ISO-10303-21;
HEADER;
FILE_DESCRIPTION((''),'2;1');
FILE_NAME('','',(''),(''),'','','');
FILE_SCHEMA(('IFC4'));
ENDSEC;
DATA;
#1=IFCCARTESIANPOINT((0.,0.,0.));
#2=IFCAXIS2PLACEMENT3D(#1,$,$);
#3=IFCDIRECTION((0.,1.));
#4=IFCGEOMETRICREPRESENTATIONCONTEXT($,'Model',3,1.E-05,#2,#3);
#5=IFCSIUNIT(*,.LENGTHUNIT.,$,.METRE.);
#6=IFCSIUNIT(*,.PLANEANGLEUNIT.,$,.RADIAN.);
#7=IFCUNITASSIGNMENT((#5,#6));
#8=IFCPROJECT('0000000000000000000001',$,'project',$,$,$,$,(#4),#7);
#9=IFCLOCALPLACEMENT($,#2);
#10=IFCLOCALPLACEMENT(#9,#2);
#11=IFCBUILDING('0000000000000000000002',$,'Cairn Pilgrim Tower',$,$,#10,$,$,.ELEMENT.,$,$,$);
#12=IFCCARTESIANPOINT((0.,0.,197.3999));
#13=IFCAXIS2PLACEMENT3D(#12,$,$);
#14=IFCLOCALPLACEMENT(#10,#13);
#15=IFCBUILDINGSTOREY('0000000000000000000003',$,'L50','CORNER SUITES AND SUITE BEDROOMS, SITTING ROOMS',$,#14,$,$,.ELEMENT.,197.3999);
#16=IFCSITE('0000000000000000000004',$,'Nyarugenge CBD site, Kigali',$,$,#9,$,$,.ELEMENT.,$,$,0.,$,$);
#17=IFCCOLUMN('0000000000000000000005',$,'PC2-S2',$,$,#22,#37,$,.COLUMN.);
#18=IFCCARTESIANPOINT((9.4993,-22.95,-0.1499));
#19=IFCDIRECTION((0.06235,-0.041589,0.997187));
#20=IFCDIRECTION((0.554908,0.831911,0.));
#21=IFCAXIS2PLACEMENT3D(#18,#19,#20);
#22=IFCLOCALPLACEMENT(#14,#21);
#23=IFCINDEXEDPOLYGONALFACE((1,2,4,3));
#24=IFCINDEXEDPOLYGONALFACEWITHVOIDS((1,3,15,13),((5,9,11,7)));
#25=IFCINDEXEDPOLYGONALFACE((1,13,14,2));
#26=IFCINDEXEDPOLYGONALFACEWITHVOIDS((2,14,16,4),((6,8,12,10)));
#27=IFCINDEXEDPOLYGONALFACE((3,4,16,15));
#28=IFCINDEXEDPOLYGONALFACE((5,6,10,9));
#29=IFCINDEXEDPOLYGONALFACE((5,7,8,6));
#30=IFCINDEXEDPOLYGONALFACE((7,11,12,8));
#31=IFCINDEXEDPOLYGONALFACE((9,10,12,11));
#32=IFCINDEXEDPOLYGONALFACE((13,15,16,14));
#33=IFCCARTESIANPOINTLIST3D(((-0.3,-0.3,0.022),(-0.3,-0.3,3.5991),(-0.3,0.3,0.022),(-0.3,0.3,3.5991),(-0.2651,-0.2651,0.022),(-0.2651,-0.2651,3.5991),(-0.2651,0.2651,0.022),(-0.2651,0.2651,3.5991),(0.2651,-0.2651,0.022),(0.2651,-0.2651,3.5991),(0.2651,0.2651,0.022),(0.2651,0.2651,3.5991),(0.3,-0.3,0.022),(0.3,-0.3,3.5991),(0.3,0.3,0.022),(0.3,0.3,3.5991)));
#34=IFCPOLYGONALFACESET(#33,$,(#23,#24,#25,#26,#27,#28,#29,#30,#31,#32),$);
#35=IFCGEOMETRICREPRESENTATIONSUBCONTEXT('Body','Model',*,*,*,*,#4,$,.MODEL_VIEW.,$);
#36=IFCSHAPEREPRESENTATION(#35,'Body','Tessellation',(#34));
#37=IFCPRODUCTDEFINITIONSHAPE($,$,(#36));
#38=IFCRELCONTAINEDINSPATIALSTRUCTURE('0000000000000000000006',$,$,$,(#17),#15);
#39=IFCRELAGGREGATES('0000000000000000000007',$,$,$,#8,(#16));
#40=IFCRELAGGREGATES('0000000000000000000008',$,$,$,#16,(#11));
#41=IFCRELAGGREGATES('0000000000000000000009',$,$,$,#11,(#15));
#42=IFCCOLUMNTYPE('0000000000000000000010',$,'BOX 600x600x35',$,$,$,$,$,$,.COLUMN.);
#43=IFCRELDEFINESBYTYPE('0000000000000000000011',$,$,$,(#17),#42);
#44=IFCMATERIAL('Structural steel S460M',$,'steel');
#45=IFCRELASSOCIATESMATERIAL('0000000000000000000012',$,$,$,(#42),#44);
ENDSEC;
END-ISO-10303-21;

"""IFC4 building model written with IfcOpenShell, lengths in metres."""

from ifc_helpers import new_model, si_unit, direction, frame, origin, origin_2d, place, context, subcontext, project, spatial, hollow_rectangle, extrude, clip, halfspace, material, material_profile, profile_set, type_object, element, save


model = new_model("IFC4")

# Units and contexts
model_context = context("Model", 3, precision=1e-05, world=origin(), true_north=direction((0.0, 1.0)))
body_context = subcontext(model_context, "Body", "Model", "MODEL_VIEW")
ifc_project = project(units=[si_unit("LENGTHUNIT", "METRE"), si_unit("PLANEANGLEUNIT", "RADIAN")], contexts=[model_context])

# Site, building, storey
site_placement = place(None, origin())
site = spatial("IfcSite", under=ifc_project, at=site_placement, Name="Nyarugenge CBD site, Kigali", CompositionType="ELEMENT", RefElevation=0.0)
building_placement = place(site_placement, origin())
building = spatial("IfcBuilding", under=site, at=building_placement, Name="Cairn Pilgrim Tower", CompositionType="ELEMENT")
storey_placement = place(building_placement, frame((0.0, 0.0, 197.3999)))
storey = spatial("IfcBuildingStorey", under=building, at=storey_placement, Name="L50", Description="CORNER SUITES AND SUITE BEDROOMS, SITTING ROOMS", CompositionType="ELEMENT", Elevation=197.3999)

# Column
ifc_material_1 = material(Name="Structural steel S460M", Category="steel")
ifc_material_profile_1 = material_profile(ifc_material_1, hollow_rectangle(XDim=0.6001, YDim=0.6001, WallThickness=0.0349, at=origin_2d()), Name="BOX 600x600x35")
ifc_profile_set_1 = profile_set([ifc_material_profile_1], Name="Structural steel S460M")
column_type = type_object("IfcColumnType", Name="BOX 600x600x35", PredefinedType="COLUMN", material=ifc_profile_set_1)
for number, where, z_axis, x_axis, name in (
    (1, (9.4993, -22.95, -0.1499), (0.06235, -0.041589, 0.997187), (0.554908, 0.831911, 0.0), "PC2-S2"),
):
    element("IfcColumn", number, at=place(storey_placement, frame(where, z_axis=z_axis, x_axis=x_axis)), inside=storey, type_object=column_type, Name=name, PredefinedType="COLUMN", context=body_context, shape_type="Clipping", body=[
        clip(clip(extrude(hollow_rectangle(XDim=0.6001, YDim=0.6001, WallThickness=0.0349, at=origin_2d()), origin(), (0.0, 0.0, 1.0), 3.6104), halfspace(frame((0.0, 0.0, 0.022), z_axis=(0.0, 0.0, 1.0), x_axis=(1.0, 0.0, 0.0)), True)), halfspace(frame((0.0, 0.0, 3.5991), z_axis=(0.0, 0.0, 1.0), x_axis=(1.0, 0.0, 0.0)), False)),
    ])

save(model, "model.ifc")
